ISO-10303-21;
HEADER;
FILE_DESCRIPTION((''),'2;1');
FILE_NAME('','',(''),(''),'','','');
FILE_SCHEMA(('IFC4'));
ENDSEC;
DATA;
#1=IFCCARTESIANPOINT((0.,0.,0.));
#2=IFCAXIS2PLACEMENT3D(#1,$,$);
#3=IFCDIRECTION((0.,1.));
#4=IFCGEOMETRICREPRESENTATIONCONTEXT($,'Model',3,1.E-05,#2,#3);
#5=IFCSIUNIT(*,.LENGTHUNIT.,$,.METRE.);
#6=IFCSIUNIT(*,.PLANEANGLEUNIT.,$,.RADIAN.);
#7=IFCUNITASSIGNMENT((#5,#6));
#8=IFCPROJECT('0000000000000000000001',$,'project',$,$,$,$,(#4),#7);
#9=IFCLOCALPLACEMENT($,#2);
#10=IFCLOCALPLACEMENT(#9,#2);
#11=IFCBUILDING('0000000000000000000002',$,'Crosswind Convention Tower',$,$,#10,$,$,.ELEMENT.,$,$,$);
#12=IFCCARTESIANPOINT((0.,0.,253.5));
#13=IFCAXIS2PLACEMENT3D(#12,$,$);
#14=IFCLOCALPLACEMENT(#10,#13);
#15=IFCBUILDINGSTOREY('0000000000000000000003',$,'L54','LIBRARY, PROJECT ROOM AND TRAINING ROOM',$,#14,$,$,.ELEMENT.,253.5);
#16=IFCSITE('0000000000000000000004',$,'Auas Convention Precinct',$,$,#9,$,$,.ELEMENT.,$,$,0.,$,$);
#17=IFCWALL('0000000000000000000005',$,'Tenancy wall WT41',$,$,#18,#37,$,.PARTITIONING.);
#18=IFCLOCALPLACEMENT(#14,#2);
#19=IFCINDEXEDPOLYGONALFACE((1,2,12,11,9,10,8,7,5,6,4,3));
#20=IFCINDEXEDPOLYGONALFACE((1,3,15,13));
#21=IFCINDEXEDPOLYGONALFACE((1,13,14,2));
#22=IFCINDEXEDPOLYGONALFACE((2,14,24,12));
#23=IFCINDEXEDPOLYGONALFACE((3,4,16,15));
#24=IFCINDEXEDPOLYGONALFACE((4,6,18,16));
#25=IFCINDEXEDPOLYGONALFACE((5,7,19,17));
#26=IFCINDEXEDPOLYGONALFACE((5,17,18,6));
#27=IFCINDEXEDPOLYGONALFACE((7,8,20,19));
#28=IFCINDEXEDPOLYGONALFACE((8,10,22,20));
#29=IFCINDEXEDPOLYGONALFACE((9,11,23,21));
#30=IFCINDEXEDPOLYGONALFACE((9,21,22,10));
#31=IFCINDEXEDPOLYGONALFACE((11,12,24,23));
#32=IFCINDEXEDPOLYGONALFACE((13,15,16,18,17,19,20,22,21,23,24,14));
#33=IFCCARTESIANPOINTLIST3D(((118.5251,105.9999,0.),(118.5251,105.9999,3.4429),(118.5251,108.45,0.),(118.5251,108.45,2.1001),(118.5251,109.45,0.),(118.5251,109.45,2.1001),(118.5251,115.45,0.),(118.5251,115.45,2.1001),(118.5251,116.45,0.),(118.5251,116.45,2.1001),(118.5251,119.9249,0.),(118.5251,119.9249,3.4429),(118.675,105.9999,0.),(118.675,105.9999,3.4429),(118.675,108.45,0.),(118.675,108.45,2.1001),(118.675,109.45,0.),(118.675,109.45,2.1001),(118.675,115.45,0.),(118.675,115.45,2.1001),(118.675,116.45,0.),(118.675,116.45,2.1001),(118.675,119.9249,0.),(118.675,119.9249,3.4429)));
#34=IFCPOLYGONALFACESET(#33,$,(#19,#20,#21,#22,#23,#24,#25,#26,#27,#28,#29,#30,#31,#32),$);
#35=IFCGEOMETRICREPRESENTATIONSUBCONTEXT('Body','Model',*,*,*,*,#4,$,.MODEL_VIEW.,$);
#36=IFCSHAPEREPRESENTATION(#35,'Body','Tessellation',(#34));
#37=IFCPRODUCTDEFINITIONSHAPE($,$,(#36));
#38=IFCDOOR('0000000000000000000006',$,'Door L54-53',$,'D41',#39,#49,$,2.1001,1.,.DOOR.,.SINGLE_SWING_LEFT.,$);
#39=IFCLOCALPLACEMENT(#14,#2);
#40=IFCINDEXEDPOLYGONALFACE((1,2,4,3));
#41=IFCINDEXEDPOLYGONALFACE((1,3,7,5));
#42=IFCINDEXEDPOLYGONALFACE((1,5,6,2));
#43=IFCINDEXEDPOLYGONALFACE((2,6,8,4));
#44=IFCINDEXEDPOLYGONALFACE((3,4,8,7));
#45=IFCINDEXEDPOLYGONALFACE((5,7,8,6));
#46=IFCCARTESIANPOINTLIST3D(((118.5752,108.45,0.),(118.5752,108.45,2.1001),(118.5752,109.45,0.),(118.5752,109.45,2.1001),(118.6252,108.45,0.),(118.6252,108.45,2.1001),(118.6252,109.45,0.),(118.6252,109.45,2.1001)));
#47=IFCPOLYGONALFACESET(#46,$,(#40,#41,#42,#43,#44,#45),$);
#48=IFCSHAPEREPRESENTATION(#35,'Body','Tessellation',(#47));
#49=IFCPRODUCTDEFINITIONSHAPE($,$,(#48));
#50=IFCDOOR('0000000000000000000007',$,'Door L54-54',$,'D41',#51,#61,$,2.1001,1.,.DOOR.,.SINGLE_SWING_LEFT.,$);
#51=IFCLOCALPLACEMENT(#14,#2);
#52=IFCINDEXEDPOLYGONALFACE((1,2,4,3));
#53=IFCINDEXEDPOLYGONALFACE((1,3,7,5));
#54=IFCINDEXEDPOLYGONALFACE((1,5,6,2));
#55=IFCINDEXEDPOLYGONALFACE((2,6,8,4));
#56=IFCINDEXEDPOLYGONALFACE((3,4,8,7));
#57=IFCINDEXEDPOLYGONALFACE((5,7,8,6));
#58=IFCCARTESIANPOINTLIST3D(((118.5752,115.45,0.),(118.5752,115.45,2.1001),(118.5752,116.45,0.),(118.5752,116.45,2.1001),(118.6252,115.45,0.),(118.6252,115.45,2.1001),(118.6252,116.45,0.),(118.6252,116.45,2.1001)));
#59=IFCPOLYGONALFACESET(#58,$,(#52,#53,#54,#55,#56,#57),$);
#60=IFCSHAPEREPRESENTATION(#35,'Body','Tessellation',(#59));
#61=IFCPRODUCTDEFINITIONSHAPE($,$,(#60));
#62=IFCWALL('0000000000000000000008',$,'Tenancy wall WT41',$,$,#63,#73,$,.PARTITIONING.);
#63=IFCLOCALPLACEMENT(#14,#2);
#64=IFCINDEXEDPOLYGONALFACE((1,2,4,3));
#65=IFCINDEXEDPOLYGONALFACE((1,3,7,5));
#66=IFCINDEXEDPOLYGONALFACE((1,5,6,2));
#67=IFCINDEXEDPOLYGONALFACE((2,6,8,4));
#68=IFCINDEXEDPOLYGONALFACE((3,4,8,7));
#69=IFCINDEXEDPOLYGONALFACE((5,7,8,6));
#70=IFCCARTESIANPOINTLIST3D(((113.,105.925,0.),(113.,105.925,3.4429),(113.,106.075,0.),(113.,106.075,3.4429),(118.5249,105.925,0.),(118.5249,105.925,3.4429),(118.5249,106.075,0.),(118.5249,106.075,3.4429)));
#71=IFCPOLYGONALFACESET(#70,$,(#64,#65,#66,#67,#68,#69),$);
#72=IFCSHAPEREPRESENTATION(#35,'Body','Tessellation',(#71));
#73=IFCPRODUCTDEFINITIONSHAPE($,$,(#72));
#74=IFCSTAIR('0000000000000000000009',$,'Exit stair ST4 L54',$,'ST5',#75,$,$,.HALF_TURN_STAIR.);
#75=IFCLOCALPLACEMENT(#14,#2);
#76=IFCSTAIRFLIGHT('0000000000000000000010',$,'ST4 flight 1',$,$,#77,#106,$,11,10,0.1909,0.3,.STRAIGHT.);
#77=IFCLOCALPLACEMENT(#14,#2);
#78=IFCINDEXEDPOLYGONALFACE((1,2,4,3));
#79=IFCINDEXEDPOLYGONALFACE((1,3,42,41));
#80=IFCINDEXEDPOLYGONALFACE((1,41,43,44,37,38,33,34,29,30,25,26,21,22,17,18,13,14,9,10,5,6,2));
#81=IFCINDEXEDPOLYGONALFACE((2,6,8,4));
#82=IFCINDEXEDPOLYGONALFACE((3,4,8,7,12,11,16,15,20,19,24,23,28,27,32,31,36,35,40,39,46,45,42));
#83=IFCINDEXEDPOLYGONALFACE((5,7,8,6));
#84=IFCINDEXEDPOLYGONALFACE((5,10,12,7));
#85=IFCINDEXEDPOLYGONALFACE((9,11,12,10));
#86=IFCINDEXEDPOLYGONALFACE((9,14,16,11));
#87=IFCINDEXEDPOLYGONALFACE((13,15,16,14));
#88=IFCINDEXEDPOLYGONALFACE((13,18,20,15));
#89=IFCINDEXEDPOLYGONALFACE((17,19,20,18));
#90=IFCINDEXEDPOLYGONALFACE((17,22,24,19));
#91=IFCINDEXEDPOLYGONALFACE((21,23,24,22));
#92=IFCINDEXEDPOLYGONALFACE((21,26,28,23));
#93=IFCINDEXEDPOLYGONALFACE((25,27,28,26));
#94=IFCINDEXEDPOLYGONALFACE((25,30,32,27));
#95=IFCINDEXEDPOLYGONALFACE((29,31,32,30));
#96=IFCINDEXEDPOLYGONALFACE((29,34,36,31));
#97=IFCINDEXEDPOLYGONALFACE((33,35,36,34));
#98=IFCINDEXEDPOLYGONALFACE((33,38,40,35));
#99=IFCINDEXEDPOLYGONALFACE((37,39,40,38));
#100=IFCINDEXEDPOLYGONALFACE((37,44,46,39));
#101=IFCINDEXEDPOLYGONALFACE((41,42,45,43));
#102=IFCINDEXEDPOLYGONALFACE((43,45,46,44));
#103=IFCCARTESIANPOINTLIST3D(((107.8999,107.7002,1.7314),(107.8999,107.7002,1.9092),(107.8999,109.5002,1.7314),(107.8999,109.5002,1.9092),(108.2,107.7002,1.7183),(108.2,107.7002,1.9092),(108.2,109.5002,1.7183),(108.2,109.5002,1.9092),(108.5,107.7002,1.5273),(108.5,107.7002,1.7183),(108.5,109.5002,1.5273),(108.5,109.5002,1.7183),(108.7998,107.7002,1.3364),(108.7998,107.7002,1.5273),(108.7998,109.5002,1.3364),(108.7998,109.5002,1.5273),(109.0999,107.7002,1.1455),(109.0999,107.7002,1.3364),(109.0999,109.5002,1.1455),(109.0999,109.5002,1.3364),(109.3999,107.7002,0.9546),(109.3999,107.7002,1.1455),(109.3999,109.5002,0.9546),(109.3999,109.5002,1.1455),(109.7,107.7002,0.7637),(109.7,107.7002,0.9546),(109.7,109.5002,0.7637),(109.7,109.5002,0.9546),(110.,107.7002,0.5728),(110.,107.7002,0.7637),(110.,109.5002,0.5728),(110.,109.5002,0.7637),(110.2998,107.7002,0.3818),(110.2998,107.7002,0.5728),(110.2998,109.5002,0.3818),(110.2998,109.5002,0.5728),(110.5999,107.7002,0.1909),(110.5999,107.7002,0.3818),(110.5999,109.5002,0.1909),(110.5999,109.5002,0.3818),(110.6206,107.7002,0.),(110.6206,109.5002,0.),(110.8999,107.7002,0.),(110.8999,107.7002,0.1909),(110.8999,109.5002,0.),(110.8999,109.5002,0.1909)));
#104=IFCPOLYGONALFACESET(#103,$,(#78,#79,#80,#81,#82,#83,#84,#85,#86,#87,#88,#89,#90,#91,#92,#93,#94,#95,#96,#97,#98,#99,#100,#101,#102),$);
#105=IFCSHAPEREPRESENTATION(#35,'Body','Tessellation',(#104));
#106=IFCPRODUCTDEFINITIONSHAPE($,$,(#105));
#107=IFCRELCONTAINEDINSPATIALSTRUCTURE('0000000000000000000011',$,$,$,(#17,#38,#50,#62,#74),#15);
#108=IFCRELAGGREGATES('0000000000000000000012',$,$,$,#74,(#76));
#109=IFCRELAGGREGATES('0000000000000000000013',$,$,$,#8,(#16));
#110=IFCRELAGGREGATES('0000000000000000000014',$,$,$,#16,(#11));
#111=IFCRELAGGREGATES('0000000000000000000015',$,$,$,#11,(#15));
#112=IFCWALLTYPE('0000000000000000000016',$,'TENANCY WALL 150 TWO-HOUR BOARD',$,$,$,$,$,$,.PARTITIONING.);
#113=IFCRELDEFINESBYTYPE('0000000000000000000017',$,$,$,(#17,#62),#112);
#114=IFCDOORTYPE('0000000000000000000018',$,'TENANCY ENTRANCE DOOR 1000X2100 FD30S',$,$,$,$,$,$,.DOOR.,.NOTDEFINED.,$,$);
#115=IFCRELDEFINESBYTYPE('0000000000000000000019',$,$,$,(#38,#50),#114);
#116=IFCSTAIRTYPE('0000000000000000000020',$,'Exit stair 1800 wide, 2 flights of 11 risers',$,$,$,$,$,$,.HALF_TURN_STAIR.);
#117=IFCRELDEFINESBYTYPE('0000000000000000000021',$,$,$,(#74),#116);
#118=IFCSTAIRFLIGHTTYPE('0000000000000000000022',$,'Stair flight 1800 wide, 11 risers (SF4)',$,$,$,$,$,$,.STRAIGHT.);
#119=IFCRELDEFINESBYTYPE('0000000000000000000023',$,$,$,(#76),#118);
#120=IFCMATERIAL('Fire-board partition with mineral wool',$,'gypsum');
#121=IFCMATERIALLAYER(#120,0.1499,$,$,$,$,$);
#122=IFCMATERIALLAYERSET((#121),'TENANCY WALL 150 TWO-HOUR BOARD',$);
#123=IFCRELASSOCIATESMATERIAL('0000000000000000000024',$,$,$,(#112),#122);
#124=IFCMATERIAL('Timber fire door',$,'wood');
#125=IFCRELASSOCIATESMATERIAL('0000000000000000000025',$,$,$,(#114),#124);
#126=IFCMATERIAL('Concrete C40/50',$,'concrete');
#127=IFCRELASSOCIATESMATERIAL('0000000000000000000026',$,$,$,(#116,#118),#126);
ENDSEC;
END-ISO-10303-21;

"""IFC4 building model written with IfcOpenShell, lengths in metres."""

from ifc_helpers import new_model, si_unit, direction, frame, frame_2d, origin, place, context, subcontext, project, spatial, polyline, rectangle, outline, extrude, material, layer, layer_set, type_object, element, fill, aggregate, save


model = new_model("IFC4")

# Units and contexts
model_context = context("Model", 3, precision=1e-05, world=origin(), true_north=direction((0.0, 1.0)))
body_context = subcontext(model_context, "Body", "Model", "MODEL_VIEW")
ifc_project = project(units=[si_unit("LENGTHUNIT", "METRE"), si_unit("PLANEANGLEUNIT", "RADIAN")], contexts=[model_context])

# Site, building, storey
site_placement = place(None, origin())
site = spatial("IfcSite", under=ifc_project, at=site_placement, Name="Auas Convention Precinct", CompositionType="ELEMENT", RefElevation=0.0)
building_placement = place(site_placement, origin())
building = spatial("IfcBuilding", under=site, at=building_placement, Name="Crosswind Convention Tower", CompositionType="ELEMENT")
storey_placement = place(building_placement, frame((0.0, 0.0, 253.5)))
storey = spatial("IfcBuildingStorey", under=building, at=storey_placement, Name="L54", Description="LIBRARY, PROJECT ROOM AND TRAINING ROOM", CompositionType="ELEMENT", Elevation=253.5)

# Wall, openings, doors
ifc_material_1 = material(Name="Fire-board partition with mineral wool", Category="gypsum")
ifc_layer_1 = layer(ifc_material_1, 0.1499)
ifc_layer_set_1 = layer_set([ifc_layer_1], Name="TENANCY WALL 150 TWO-HOUR BOARD")
wall_type_1 = type_object("IfcWallType", Name="TENANCY WALL 150 TWO-HOUR BOARD", PredefinedType="PARTITIONING", material=ifc_layer_set_1)
wall_1_placement = place(storey_placement, frame((118.6001, 106.0, 0.0), z_axis=(0.0, 0.0, 1.0), x_axis=(0.0, 1.0, 0.0)))
wall_1 = element("IfcWall", 1, at=wall_1_placement, inside=storey, type_object=wall_type_1, Name="Tenancy wall WT41", PredefinedType="PARTITIONING", context=body_context, shape_type="SweptSolid", body=[
    extrude(rectangle(XDim=13.925, YDim=0.1499, at=frame_2d((6.9624, 0.0))), origin(), (0.0, 0.0, 1.0), 3.4429),
])
opening_1_placement = place(wall_1_placement, frame((2.45, 0.0, 0.0)))
opening_1 = element("IfcOpeningElement", 2, at=opening_1_placement, cuts=wall_1, PredefinedType="OPENING", context=body_context, shape_type="SweptSolid", body=[
    extrude(rectangle(XDim=1.0, YDim=2.1001, at=frame_2d((0.5, 1.05))), frame((0.0, 0.085, 0.0), z_axis=(0.0, -1.0, 0.0), x_axis=(1.0, 0.0, 0.0)), (0.0, 0.0, 1.0), 0.1699),
])
opening_2_placement = place(wall_1_placement, frame((9.45, 0.0, 0.0)))
opening_2 = element("IfcOpeningElement", 3, at=opening_2_placement, cuts=wall_1, PredefinedType="OPENING", context=body_context, shape_type="SweptSolid", body=[
    extrude(rectangle(XDim=1.0, YDim=2.1001, at=frame_2d((0.5, 1.05))), frame((0.0, 0.085, 0.0), z_axis=(0.0, -1.0, 0.0), x_axis=(1.0, 0.0, 0.0)), (0.0, 0.0, 1.0), 0.1699),
])
ifc_material_2 = material(Name="Timber fire door", Category="wood")
door_type_1 = type_object("IfcDoorType", Name="TENANCY ENTRANCE DOOR 1000X2100 FD30S", OperationType="NOTDEFINED", PredefinedType="DOOR", material=ifc_material_2)
door_1_placement = place(opening_1_placement, origin())
door_1 = element("IfcDoor", 4, at=door_1_placement, inside=storey, type_object=door_type_1, Name="Door L54-53", ObjectType="D41", OperationType="SINGLE_SWING_LEFT", OverallHeight=2.1001, OverallWidth=1.0, PredefinedType="DOOR", context=body_context, shape_type="SweptSolid", body=[
    extrude(rectangle(XDim=1.0, YDim=2.1001, at=frame_2d((0.5, 1.05))), frame((0.0, 0.0249, 0.0), z_axis=(0.0, -1.0, 0.0), x_axis=(1.0, 0.0, 0.0)), (0.0, 0.0, 1.0), 0.05),
])
fill(opening_1, door_1)
door_2_placement = place(opening_2_placement, origin())
door_2 = element("IfcDoor", 5, at=door_2_placement, inside=storey, type_object=door_type_1, Name="Door L54-54", ObjectType="D41", OperationType="SINGLE_SWING_LEFT", OverallHeight=2.1001, OverallWidth=1.0, PredefinedType="DOOR", context=body_context, shape_type="SweptSolid", body=[
    extrude(rectangle(XDim=1.0, YDim=2.1001, at=frame_2d((0.5, 1.05))), frame((0.0, 0.0249, 0.0), z_axis=(0.0, -1.0, 0.0), x_axis=(1.0, 0.0, 0.0)), (0.0, 0.0, 1.0), 0.05),
])
fill(opening_2, door_2)

# Wall
wall_2_placement = place(storey_placement, frame((113.0, 106.0, 0.0), z_axis=(0.0, 0.0, 1.0), x_axis=(1.0, 0.0, 0.0)))
element("IfcWall", 6, at=wall_2_placement, inside=storey, type_object=wall_type_1, Name="Tenancy wall WT41", PredefinedType="PARTITIONING", context=body_context, shape_type="SweptSolid", body=[
    extrude(rectangle(XDim=5.5249, YDim=0.1499, at=frame_2d((2.7625, 0.0))), origin(), (0.0, 0.0, 1.0), 3.4429),
])

# Stair, stair flight
ifc_material_3 = material(Name="Concrete C40/50", Category="concrete")
stair_type = type_object("IfcStairType", Name="Exit stair 1800 wide, 2 flights of 11 risers", PredefinedType="HALF_TURN_STAIR", material=ifc_material_3)
stair_placement = place(storey_placement, origin())
stair = element("IfcStair", 7, at=stair_placement, inside=storey, type_object=stair_type, Name="Exit stair ST4 L54", ObjectType="ST5", PredefinedType="HALF_TURN_STAIR")
stair_flight_type = type_object("IfcStairFlightType", Name="Stair flight 1800 wide, 11 risers (SF4)", PredefinedType="STRAIGHT", material=ifc_material_3)
stair_flight_placement = place(storey_placement, frame((110.8999, 108.6001, 0.0), z_axis=(0.0, 0.0, 1.0), x_axis=(-1.0, 0.0, 0.0)))
stair_flight = element("IfcStairFlight", 8, at=stair_flight_placement, type_object=stair_flight_type, Name="ST4 flight 1", NumberOfRisers=11, NumberOfTreads=10, PredefinedType="STRAIGHT", RiserHeight=0.1909, TreadLength=0.3, context=body_context, shape_type="SweptSolid", body=[
    extrude(outline(polyline([(0.0, 0.0), (0.0, 0.1909), (0.3, 0.1909), (0.3, 0.3818), (0.6001, 0.3818), (0.6001, 0.5728), (0.8999, 0.5728), (0.8999, 0.7637), (1.2, 0.7637), (1.2, 0.9546), (1.5, 0.9546), (1.5, 1.1455), (1.8, 1.1455), (1.8, 1.3364), (2.1001, 1.3364), (2.1001, 1.5273), (2.3999, 1.5273), (2.3999, 1.7183), (2.7, 1.7183), (2.7, 1.9092), (3.0, 1.9092), (3.0, 2.1001), (3.0, 1.7314), (0.2793, 0.0), (0.0, 0.0)])), frame((0.0, 0.8999, 0.0), z_axis=(0.0, -1.0, 0.0), x_axis=(1.0, 0.0, 0.0)), (0.0, 0.0, 1.0), 1.8),
])
aggregate(stair, [stair_flight])

save(model, "model.ifc")
